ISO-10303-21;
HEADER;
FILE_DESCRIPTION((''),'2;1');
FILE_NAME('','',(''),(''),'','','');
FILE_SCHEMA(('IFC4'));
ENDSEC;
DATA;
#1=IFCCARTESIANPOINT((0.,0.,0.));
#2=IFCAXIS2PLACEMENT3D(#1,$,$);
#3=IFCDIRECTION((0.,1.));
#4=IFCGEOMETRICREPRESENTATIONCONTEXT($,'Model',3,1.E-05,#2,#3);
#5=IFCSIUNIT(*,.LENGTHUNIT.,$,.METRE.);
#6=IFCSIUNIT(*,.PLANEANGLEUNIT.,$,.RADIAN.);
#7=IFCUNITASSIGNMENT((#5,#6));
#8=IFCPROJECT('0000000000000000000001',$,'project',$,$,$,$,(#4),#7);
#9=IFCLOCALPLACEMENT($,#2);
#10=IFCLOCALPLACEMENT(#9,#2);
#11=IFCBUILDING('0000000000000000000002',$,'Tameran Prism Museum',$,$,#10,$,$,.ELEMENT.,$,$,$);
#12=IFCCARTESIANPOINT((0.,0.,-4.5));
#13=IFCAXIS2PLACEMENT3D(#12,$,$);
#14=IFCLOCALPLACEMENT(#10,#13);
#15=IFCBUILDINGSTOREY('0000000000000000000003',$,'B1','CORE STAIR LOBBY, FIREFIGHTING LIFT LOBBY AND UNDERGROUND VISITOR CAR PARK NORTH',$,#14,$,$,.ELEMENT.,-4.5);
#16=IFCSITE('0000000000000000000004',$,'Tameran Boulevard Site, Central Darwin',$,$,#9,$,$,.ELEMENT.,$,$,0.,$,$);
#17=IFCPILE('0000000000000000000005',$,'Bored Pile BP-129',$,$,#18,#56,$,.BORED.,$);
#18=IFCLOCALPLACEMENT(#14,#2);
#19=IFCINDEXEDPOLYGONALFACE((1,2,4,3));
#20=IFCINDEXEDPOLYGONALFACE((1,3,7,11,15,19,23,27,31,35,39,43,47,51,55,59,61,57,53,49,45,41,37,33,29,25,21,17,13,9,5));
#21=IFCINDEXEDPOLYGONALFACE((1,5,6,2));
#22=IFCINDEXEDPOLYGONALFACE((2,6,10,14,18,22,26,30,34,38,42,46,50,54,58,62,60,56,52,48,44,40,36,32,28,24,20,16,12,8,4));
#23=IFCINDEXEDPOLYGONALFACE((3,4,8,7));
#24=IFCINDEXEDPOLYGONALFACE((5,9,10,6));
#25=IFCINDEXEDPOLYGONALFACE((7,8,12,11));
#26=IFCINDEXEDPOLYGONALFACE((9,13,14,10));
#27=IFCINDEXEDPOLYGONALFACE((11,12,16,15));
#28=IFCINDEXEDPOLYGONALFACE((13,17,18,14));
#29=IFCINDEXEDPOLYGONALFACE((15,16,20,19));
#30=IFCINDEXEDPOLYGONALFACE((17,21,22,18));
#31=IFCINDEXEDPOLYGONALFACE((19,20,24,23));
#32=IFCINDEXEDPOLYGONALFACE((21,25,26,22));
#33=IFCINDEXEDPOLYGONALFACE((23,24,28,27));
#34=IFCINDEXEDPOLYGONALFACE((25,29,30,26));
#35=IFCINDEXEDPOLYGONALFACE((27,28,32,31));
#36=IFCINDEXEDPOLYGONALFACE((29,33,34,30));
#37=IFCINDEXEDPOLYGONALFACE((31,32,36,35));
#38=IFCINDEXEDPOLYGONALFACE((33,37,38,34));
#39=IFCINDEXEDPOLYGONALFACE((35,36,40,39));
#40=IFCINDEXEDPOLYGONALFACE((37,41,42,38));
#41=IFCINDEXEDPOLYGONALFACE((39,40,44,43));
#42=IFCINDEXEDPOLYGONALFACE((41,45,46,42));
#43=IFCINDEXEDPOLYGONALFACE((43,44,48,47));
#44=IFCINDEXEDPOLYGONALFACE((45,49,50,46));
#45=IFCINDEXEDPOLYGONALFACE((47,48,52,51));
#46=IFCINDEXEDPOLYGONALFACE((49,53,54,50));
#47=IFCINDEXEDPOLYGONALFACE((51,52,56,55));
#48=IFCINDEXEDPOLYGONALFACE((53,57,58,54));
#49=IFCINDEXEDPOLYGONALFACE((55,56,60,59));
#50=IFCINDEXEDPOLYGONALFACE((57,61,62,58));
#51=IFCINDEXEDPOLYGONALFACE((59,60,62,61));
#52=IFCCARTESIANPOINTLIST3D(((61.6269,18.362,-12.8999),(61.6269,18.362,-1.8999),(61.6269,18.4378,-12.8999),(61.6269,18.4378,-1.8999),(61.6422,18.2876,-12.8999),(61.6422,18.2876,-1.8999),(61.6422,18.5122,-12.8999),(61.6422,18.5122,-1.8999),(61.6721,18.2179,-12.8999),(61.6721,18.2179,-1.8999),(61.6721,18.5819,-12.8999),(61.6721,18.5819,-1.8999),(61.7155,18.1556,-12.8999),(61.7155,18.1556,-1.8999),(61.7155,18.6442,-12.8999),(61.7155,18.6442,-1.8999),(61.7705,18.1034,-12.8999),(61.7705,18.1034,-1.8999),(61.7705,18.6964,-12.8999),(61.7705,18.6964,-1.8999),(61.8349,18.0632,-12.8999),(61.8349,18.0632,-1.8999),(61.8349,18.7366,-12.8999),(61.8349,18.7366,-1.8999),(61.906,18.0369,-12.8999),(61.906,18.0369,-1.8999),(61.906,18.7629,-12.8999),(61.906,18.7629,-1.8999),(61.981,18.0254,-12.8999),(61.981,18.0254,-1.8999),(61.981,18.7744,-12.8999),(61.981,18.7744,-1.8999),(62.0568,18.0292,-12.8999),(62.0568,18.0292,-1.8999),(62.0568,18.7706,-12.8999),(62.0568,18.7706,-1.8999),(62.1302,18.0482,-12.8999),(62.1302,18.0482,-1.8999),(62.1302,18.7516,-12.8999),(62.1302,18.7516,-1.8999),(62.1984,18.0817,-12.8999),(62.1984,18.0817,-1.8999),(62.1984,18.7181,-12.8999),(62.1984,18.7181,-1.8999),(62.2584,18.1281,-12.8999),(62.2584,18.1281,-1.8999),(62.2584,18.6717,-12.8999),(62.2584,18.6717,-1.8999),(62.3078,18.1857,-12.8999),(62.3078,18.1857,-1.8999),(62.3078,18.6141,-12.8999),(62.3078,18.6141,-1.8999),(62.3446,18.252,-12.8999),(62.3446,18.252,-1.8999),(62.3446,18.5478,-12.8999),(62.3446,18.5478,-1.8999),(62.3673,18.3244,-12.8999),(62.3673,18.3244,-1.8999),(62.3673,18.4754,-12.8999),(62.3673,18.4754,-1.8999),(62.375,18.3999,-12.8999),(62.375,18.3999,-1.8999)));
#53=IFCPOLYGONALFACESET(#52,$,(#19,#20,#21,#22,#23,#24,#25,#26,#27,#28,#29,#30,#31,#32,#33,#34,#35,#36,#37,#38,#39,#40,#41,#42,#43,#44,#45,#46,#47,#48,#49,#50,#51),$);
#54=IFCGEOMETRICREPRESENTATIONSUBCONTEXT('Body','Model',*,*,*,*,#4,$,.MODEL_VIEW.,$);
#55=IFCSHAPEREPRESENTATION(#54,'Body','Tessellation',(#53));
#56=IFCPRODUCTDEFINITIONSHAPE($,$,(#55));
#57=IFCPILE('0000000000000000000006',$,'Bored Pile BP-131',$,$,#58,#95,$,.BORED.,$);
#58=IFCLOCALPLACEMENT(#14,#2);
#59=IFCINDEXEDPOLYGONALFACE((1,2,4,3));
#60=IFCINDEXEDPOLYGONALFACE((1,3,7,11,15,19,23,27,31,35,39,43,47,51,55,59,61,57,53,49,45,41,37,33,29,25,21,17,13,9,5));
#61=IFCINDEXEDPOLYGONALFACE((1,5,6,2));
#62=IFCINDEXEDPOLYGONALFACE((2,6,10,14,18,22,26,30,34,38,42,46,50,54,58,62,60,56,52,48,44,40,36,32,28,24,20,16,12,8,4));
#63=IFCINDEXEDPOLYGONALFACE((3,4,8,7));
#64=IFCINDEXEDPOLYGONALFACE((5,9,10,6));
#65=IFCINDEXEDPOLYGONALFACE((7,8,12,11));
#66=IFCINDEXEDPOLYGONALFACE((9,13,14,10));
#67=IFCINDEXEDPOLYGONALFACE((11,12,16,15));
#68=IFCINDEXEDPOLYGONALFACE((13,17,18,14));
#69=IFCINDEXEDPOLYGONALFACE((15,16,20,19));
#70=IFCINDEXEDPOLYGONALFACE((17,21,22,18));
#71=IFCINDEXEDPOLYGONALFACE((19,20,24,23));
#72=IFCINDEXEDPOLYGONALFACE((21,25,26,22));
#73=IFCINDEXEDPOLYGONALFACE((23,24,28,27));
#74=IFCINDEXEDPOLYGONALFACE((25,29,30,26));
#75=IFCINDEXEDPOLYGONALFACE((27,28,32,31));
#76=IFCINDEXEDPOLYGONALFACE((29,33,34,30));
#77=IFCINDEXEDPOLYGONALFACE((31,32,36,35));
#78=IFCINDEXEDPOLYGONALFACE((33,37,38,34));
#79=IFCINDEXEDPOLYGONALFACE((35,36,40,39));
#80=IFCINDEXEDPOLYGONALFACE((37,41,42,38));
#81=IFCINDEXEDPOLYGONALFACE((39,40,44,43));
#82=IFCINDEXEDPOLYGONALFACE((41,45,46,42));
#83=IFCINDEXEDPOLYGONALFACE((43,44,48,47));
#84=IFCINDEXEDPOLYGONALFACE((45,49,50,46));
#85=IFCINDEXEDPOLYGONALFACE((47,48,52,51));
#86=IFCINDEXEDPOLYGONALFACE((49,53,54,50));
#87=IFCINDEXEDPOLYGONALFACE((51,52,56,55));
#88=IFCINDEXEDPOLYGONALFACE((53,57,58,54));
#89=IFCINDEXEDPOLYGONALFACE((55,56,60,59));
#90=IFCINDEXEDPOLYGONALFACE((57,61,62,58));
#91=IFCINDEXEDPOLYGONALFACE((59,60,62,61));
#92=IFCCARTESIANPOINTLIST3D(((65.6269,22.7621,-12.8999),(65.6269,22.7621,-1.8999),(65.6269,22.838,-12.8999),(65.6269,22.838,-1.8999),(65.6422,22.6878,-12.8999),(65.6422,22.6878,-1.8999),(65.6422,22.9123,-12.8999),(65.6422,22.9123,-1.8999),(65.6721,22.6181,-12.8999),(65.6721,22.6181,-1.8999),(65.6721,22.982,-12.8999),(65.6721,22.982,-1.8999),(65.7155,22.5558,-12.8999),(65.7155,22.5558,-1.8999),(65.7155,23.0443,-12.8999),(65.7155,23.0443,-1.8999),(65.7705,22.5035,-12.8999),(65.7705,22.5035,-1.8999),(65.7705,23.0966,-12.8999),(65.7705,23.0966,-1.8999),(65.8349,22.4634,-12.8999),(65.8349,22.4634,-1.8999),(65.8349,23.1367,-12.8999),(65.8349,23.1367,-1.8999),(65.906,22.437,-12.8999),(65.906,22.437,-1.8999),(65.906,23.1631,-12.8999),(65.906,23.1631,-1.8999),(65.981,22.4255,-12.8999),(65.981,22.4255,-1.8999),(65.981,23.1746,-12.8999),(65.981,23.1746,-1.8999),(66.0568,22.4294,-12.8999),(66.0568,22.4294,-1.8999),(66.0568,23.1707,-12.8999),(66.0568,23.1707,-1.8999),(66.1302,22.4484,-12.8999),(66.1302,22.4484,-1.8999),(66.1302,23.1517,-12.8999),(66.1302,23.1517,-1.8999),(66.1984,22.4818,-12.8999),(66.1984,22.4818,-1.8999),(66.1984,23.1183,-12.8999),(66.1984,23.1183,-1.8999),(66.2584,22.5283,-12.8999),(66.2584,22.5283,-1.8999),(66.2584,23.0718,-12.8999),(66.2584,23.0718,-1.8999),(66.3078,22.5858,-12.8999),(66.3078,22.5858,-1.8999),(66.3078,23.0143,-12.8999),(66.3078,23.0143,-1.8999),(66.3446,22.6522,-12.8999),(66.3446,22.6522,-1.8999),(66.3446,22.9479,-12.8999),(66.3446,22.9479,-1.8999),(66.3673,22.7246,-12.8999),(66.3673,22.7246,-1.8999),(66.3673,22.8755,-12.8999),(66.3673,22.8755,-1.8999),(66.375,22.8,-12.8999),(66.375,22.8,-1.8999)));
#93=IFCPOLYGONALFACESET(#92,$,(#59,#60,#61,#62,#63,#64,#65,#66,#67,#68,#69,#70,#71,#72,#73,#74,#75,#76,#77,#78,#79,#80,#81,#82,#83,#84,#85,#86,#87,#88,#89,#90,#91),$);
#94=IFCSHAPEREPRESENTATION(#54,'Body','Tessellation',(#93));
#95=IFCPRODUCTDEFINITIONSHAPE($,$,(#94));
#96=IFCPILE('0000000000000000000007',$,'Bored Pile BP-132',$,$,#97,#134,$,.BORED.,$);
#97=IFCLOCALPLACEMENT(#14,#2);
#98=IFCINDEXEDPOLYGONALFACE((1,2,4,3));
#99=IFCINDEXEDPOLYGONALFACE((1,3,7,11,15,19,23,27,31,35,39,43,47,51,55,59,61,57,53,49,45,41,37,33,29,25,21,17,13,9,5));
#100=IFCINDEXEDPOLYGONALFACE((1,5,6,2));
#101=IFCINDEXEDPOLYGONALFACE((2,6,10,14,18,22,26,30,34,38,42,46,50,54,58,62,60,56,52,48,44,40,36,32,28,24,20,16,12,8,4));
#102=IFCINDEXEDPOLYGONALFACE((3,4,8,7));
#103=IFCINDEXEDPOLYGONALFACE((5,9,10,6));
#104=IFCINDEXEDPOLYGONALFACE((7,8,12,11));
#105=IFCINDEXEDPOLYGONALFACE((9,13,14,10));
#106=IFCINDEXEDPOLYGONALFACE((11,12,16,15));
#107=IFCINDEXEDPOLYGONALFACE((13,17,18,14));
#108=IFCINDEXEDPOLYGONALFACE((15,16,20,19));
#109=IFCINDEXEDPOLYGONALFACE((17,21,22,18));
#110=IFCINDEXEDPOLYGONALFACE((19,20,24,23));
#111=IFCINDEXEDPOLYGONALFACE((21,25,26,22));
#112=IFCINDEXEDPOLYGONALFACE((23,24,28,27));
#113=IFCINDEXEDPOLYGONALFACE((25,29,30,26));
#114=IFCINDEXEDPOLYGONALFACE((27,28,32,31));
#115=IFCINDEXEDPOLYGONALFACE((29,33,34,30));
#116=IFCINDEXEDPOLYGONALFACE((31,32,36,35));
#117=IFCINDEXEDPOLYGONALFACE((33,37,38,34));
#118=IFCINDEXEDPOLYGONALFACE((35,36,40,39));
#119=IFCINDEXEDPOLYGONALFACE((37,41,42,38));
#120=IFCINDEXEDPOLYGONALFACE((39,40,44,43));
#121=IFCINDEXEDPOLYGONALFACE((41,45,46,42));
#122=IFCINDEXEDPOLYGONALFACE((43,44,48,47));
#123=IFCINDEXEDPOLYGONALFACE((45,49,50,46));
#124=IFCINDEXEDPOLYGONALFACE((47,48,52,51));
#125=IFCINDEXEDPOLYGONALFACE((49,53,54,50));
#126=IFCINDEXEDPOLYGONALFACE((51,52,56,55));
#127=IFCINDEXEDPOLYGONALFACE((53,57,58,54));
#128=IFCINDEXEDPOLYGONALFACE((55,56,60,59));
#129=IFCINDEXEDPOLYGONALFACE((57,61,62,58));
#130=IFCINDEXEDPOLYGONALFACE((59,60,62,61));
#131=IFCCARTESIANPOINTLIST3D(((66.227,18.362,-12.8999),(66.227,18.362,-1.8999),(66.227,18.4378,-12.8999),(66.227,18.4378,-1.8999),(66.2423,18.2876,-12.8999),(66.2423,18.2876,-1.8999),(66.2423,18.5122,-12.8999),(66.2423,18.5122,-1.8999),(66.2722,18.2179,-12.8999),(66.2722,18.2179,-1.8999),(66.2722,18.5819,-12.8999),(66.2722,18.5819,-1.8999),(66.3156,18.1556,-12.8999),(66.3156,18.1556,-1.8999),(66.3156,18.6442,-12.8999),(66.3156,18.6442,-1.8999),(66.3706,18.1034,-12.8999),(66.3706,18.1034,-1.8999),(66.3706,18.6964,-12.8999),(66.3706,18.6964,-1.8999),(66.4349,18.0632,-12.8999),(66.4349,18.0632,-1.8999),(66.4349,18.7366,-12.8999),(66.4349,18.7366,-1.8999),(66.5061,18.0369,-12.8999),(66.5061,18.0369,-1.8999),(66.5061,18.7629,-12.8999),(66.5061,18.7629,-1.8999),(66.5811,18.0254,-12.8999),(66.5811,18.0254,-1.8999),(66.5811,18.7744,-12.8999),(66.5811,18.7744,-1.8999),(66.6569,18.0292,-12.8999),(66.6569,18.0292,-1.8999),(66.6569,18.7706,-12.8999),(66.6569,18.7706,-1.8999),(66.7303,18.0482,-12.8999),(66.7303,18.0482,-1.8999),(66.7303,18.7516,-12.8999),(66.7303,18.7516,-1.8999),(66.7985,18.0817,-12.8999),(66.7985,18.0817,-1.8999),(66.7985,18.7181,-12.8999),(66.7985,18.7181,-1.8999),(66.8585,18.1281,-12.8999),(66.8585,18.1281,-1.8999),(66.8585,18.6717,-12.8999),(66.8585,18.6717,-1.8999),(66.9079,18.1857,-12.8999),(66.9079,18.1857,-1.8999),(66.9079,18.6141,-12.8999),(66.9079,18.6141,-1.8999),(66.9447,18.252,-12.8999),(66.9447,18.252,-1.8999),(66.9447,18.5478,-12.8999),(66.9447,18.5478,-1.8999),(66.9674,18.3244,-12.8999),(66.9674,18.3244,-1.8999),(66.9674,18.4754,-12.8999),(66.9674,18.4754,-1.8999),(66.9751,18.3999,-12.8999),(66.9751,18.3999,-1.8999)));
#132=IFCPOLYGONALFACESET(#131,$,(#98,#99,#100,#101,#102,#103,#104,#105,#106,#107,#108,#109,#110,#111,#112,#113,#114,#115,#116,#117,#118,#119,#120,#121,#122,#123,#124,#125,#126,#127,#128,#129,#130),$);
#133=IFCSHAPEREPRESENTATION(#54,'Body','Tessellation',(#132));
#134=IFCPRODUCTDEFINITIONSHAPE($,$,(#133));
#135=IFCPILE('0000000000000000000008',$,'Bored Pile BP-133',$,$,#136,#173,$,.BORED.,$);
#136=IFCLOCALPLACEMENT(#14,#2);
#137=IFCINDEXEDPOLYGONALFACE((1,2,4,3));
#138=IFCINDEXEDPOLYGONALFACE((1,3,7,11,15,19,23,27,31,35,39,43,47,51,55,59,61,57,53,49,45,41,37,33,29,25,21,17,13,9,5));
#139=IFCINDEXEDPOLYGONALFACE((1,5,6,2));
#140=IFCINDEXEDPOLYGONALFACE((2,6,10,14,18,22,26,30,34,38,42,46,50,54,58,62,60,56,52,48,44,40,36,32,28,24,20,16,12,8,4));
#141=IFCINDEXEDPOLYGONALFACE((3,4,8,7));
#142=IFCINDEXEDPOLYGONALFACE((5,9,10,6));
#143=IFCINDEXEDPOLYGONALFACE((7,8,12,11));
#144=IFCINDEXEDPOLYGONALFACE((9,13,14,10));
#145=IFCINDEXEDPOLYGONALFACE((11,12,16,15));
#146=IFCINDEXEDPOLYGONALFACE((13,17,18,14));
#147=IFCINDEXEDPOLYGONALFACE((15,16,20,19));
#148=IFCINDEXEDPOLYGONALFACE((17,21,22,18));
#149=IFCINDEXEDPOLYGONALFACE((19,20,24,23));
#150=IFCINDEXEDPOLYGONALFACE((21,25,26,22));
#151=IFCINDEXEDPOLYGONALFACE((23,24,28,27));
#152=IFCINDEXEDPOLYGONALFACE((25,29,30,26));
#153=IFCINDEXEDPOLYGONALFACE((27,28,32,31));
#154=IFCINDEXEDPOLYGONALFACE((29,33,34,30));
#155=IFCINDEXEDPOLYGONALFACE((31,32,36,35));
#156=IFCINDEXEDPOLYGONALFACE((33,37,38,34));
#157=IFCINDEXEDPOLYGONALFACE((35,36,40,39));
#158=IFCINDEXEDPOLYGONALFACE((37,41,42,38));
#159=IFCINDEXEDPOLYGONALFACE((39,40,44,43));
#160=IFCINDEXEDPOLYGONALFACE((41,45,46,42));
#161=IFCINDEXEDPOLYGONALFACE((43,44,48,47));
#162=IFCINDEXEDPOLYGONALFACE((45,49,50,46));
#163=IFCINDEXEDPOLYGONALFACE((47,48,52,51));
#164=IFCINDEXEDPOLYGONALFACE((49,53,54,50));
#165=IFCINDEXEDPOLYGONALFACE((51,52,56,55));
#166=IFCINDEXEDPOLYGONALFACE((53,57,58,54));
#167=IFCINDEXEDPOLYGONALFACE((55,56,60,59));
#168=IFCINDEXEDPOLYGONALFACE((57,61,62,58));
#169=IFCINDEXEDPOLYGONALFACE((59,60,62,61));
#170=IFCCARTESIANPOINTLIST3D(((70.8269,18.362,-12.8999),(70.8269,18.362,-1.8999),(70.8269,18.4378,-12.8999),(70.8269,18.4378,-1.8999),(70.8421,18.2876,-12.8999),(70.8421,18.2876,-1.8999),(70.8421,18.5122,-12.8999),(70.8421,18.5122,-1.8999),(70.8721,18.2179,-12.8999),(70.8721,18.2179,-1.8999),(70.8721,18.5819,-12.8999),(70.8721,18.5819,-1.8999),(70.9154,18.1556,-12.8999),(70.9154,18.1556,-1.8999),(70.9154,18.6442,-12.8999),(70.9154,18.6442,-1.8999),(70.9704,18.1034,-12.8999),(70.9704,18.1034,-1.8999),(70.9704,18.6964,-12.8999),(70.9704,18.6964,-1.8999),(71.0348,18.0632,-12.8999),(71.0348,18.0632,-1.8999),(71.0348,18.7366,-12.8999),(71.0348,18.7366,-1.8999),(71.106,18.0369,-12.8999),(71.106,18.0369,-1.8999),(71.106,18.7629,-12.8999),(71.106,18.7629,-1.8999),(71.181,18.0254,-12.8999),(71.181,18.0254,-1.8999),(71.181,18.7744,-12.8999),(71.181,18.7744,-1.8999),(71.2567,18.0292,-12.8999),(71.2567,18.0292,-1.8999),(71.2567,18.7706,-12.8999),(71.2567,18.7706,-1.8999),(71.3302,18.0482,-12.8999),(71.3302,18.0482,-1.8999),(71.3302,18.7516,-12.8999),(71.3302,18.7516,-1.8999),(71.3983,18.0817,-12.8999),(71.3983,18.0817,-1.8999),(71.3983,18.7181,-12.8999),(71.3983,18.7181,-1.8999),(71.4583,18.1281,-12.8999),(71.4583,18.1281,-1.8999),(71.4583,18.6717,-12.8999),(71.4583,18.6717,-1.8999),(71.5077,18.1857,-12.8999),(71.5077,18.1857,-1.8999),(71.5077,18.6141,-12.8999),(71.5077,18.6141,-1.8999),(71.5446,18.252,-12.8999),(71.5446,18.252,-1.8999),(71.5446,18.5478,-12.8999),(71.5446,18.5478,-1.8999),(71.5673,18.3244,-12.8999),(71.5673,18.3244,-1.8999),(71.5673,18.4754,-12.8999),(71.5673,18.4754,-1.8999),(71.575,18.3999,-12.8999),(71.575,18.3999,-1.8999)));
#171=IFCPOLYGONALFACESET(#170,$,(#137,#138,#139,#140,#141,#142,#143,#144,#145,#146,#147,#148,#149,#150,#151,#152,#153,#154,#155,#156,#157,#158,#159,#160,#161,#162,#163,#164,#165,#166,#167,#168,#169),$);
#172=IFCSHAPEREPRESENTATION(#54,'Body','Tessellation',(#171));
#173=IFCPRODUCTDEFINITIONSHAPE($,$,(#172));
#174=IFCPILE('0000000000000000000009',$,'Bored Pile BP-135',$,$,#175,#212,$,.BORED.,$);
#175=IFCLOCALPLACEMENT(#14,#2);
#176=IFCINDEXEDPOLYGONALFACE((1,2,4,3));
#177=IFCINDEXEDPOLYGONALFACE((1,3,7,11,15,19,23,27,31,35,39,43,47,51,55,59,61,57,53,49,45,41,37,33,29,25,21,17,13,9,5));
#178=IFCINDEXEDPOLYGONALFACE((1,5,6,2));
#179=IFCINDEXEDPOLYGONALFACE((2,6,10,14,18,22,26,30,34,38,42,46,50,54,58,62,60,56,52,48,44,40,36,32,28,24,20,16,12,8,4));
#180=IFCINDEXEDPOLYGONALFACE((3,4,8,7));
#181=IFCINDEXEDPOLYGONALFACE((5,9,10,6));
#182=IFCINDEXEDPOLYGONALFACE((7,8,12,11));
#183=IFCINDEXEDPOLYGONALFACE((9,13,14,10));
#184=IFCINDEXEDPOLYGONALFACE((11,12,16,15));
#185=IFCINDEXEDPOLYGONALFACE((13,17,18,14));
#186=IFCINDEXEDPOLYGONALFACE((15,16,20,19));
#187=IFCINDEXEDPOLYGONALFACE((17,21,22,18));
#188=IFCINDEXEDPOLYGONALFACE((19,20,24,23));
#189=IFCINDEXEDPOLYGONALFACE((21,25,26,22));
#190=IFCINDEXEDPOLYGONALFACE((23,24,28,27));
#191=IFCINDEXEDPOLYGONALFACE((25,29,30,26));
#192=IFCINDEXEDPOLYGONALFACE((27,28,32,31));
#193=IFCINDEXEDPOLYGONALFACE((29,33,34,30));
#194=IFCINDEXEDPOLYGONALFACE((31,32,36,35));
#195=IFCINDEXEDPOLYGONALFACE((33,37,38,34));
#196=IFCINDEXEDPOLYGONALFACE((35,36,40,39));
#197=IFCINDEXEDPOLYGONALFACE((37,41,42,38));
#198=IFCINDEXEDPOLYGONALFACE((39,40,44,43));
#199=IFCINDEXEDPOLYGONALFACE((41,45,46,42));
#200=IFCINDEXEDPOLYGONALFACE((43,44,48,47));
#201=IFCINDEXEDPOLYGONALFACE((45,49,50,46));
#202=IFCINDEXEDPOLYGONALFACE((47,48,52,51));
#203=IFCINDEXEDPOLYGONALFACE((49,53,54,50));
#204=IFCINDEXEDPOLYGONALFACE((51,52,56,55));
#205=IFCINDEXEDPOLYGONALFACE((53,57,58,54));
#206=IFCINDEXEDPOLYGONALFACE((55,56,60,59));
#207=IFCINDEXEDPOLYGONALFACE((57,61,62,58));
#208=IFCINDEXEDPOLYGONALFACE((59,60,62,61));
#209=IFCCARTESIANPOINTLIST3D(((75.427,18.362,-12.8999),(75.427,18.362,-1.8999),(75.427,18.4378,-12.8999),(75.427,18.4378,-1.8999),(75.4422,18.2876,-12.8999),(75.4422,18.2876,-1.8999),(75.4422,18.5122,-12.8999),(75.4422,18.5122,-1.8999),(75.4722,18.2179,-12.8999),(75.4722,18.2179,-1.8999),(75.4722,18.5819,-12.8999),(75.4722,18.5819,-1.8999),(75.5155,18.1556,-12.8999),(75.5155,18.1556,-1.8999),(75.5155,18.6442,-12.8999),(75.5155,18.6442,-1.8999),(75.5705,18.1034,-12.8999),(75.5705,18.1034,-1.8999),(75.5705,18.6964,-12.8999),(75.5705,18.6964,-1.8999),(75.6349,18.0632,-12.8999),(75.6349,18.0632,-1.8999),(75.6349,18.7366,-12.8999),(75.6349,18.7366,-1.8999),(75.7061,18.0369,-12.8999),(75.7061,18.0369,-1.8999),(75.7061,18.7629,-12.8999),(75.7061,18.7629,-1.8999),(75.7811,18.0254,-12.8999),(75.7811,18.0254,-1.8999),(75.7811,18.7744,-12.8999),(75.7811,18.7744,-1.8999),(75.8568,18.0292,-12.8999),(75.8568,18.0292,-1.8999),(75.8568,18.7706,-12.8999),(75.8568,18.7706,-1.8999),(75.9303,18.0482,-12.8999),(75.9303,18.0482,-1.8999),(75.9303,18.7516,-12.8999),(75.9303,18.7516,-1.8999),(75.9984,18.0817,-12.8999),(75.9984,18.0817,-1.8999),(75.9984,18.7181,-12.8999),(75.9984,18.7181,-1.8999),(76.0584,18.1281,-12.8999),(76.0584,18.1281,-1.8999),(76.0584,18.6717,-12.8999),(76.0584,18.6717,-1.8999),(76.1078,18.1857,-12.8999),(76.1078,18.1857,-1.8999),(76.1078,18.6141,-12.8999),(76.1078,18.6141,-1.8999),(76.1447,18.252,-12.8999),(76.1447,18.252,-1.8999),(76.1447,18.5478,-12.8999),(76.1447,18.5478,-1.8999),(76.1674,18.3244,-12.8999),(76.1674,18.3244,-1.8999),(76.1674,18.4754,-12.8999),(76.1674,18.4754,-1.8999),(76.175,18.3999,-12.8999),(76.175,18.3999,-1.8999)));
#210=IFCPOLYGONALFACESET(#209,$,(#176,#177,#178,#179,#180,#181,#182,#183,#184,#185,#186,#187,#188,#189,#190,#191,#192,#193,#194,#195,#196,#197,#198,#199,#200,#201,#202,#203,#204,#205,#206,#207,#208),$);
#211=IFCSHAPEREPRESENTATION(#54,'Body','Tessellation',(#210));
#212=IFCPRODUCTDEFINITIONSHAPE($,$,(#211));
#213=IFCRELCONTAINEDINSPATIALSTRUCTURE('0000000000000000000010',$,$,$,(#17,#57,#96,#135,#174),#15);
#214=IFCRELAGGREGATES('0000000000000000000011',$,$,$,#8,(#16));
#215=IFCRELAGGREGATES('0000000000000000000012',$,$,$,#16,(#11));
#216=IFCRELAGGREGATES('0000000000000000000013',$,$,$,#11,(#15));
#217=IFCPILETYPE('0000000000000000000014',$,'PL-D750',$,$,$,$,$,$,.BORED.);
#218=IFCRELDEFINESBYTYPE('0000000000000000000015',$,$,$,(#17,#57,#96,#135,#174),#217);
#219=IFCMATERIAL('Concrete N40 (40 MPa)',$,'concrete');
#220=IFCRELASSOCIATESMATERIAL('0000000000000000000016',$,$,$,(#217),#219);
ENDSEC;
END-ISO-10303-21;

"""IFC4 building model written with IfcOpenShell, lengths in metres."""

from ifc_helpers import new_model, si_unit, direction, frame, origin, origin_2d, place, context, subcontext, project, spatial, circle, extrude, material, material_profile, profile_set, type_object, element, save


model = new_model("IFC4")

# Units and contexts
model_context = context("Model", 3, precision=1e-05, world=origin(), true_north=direction((0.0, 1.0)))
body_context = subcontext(model_context, "Body", "Model", "MODEL_VIEW")
ifc_project = project(units=[si_unit("LENGTHUNIT", "METRE"), si_unit("PLANEANGLEUNIT", "RADIAN")], contexts=[model_context])

# Site, building, storey
site_placement = place(None, origin())
site = spatial("IfcSite", under=ifc_project, at=site_placement, Name="Tameran Boulevard Site, Central Darwin", CompositionType="ELEMENT", RefElevation=0.0)
building_placement = place(site_placement, origin())
building = spatial("IfcBuilding", under=site, at=building_placement, Name="Tameran Prism Museum", CompositionType="ELEMENT")
storey_placement = place(building_placement, frame((0.0, 0.0, -4.5)))
storey = spatial("IfcBuildingStorey", under=building, at=storey_placement, Name="B1", Description="CORE STAIR LOBBY, FIREFIGHTING LIFT LOBBY AND UNDERGROUND VISITOR CAR PARK NORTH", CompositionType="ELEMENT", Elevation=-4.5)

# Piles
ifc_material_1 = material(Name="Concrete N40 (40 MPa)", Category="concrete")
ifc_material_profile_1 = material_profile(ifc_material_1, circle(Radius=0.375, at=origin_2d()))
ifc_profile_set_1 = profile_set([ifc_material_profile_1])
pile_type = type_object("IfcPileType", Name="PL-D750", PredefinedType="BORED", material=ifc_profile_set_1)
for number, where, z_axis, x_axis, name in (
    (1, (62.0, 18.3999, -1.8999), (0.0, 0.0, -1.0), (1.0, 0.0, 0.0), "Bored Pile BP-129"),
    (2, (66.0, 22.8, -1.8999), (0.0, 0.0, -1.0), (1.0, 0.0, 0.0), "Bored Pile BP-131"),
    (3, (66.6001, 18.3999, -1.8999), (0.0, 0.0, -1.0), (1.0, 0.0, 0.0), "Bored Pile BP-132"),
    (4, (71.2, 18.3999, -1.8999), (0.0, 0.0, -1.0), (1.0, 0.0, 0.0), "Bored Pile BP-133"),
    (5, (75.8, 18.3999, -1.8999), (0.0, 0.0, -1.0), (1.0, 0.0, 0.0), "Bored Pile BP-135"),
):
    element("IfcPile", number, at=place(storey_placement, frame(where, z_axis=z_axis, x_axis=x_axis)), inside=storey, type_object=pile_type, Name=name, PredefinedType="BORED", context=body_context, shape_type="SweptSolid", body=[
        extrude(circle(Radius=0.375, at=origin_2d()), origin(), (0.0, 0.0, 1.0), 11.0),
    ])

save(model, "model.ifc")
